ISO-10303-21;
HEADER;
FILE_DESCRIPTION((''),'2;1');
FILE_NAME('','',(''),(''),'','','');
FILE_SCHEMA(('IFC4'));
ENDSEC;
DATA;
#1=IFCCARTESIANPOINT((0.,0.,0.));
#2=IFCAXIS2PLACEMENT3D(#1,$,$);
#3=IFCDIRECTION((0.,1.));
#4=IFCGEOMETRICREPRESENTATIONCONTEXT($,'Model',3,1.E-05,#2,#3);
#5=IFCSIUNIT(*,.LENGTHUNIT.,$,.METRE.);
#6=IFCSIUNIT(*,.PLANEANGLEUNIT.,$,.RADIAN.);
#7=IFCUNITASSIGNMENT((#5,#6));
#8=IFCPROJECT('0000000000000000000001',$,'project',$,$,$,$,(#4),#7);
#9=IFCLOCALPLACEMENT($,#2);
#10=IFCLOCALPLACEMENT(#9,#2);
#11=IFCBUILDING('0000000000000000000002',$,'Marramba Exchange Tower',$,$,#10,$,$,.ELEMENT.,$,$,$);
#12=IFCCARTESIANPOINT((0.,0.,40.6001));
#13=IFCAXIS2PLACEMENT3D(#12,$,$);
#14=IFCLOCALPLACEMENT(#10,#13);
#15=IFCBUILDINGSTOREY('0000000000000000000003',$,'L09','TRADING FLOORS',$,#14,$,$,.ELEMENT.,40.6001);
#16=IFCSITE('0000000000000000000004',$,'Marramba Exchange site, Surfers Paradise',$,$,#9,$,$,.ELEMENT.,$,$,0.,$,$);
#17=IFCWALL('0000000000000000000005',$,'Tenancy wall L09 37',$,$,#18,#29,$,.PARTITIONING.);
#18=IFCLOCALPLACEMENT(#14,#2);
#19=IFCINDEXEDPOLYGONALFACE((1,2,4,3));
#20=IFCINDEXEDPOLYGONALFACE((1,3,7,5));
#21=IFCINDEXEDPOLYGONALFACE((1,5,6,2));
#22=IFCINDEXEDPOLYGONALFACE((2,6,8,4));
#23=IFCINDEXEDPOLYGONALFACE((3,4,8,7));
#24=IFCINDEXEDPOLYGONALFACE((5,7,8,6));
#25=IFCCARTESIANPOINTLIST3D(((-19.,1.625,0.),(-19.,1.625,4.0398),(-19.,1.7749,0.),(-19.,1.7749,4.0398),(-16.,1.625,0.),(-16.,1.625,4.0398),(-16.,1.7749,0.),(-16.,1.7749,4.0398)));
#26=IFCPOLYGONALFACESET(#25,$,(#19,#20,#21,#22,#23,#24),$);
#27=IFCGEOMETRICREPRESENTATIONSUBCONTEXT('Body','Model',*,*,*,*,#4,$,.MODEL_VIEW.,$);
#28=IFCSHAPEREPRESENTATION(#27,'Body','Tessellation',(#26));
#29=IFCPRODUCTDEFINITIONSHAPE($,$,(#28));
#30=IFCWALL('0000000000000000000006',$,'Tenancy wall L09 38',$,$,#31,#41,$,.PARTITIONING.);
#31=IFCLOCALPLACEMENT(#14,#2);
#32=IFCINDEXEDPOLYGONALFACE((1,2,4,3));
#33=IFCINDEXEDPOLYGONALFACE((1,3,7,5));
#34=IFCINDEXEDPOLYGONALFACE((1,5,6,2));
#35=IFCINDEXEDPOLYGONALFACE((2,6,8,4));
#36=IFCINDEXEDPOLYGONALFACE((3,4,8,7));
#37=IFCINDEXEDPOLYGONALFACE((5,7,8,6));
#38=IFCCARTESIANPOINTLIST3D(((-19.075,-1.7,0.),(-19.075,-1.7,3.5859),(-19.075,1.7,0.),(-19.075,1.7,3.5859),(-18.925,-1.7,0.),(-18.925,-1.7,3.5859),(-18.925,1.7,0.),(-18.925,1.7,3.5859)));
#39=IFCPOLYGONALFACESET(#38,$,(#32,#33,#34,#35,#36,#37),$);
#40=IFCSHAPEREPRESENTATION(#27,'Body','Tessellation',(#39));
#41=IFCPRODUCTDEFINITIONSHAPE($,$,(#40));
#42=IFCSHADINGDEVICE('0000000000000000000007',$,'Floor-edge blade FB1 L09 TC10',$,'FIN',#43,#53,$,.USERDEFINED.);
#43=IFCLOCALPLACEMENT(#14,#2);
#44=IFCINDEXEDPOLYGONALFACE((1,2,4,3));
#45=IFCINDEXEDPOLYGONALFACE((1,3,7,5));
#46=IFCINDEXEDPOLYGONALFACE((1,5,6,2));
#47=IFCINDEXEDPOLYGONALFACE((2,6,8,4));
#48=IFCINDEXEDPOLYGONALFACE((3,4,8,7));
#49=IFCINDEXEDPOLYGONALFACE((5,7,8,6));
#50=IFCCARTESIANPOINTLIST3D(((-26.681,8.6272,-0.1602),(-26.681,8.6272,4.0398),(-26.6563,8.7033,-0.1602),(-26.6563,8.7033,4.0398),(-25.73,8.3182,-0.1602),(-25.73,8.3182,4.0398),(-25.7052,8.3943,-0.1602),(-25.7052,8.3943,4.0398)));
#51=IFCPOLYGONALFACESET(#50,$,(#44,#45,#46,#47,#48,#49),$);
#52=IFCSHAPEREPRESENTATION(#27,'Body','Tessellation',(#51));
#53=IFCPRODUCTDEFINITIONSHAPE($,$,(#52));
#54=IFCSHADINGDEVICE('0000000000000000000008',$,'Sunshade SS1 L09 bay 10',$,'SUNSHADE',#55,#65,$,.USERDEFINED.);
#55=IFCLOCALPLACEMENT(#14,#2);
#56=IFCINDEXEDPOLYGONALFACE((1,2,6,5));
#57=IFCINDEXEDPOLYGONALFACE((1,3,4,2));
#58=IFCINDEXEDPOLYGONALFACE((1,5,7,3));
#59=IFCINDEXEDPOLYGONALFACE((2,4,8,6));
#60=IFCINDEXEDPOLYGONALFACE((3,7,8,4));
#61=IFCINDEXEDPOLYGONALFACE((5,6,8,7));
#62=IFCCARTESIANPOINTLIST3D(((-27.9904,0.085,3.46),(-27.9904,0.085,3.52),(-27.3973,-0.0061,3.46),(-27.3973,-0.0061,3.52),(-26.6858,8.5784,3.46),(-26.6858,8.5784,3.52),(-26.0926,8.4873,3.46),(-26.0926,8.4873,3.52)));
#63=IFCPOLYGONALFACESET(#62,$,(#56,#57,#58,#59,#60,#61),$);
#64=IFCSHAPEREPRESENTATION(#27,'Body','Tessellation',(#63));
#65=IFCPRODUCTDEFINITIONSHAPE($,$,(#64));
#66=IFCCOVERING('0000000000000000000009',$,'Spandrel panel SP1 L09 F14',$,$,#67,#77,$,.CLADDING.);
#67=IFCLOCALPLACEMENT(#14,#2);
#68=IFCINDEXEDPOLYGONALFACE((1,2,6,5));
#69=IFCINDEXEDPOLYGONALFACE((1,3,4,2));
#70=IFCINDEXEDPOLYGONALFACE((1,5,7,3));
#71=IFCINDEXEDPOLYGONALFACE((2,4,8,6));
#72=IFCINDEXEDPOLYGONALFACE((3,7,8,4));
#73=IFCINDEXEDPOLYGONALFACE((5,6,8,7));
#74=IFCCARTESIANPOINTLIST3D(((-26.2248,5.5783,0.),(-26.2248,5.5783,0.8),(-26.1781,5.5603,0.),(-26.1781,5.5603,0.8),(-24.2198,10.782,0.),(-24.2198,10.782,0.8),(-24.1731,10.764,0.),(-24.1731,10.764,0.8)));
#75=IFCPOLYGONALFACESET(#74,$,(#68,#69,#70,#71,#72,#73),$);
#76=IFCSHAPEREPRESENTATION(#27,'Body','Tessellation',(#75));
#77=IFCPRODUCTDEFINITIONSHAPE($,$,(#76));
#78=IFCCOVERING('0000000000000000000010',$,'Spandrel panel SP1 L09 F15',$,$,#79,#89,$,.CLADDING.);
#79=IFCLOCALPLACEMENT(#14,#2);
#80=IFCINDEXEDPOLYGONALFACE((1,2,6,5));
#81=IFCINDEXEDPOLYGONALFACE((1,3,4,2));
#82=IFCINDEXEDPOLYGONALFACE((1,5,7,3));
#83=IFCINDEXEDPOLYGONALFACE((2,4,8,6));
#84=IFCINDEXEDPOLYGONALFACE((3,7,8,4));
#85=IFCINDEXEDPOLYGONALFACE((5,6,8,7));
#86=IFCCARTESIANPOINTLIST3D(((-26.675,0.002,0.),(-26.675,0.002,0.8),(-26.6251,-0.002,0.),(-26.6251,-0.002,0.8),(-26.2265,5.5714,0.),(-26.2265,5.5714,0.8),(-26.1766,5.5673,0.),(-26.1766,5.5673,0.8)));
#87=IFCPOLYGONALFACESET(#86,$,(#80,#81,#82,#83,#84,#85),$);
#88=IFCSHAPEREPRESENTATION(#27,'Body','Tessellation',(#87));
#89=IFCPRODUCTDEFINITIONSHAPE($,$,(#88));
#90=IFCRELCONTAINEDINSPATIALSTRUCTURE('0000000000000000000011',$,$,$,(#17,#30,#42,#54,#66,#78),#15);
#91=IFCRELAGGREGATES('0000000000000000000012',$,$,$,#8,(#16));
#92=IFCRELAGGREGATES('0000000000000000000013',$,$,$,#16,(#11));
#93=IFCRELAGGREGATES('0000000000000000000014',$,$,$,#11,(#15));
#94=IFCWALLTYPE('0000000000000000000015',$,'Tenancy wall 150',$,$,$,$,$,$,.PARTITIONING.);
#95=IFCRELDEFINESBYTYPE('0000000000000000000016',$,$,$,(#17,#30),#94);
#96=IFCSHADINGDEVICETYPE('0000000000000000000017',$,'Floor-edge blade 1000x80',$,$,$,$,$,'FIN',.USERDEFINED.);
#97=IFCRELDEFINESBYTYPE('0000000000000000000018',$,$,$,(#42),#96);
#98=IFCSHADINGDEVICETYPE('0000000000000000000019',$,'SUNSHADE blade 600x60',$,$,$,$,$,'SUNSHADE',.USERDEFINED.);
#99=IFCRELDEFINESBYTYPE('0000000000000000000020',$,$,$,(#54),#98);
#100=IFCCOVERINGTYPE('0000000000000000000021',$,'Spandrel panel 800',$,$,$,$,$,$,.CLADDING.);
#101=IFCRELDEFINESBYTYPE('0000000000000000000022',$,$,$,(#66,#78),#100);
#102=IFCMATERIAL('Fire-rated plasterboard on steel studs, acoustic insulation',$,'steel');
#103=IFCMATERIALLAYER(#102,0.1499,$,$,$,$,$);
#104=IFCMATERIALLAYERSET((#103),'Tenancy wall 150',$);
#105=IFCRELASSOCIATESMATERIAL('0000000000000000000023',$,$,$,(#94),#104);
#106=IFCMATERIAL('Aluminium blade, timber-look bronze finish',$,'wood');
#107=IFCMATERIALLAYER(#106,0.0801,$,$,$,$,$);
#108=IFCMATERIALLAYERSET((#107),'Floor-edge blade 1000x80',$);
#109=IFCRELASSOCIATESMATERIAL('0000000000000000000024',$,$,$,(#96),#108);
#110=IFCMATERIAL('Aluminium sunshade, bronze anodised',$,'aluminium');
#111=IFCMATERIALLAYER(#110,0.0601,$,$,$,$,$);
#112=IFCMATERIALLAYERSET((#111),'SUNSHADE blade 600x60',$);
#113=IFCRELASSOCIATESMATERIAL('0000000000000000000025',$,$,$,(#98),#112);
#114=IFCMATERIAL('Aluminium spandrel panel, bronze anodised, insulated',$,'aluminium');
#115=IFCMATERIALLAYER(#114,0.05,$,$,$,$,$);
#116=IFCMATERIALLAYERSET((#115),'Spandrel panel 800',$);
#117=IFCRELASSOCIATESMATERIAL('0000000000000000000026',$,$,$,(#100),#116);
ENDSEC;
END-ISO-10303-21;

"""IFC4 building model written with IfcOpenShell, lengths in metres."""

from ifc_helpers import new_model, si_unit, direction, frame, frame_2d, origin, origin_2d, place, context, subcontext, project, spatial, rectangle, extrude, material, layer, layer_set, type_object, element, save


model = new_model("IFC4")

# Units and contexts
model_context = context("Model", 3, precision=1e-05, world=origin(), true_north=direction((0.0, 1.0)))
body_context = subcontext(model_context, "Body", "Model", "MODEL_VIEW")
ifc_project = project(units=[si_unit("LENGTHUNIT", "METRE"), si_unit("PLANEANGLEUNIT", "RADIAN")], contexts=[model_context])

# Site, building, storey
site_placement = place(None, origin())
site = spatial("IfcSite", under=ifc_project, at=site_placement, Name="Marramba Exchange site, Surfers Paradise", CompositionType="ELEMENT", RefElevation=0.0)
building_placement = place(site_placement, origin())
building = spatial("IfcBuilding", under=site, at=building_placement, Name="Marramba Exchange Tower", CompositionType="ELEMENT")
storey_placement = place(building_placement, frame((0.0, 0.0, 40.6001)))
storey = spatial("IfcBuildingStorey", under=building, at=storey_placement, Name="L09", Description="TRADING FLOORS", CompositionType="ELEMENT", Elevation=40.6001)

# Walls
ifc_material_1 = material(Name="Fire-rated plasterboard on steel studs, acoustic insulation", Category="steel")
ifc_layer_1 = layer(ifc_material_1, 0.1499)
ifc_layer_set_1 = layer_set([ifc_layer_1], Name="Tenancy wall 150")
wall_type_1 = type_object("IfcWallType", Name="Tenancy wall 150", PredefinedType="PARTITIONING", material=ifc_layer_set_1)
wall_1_placement = place(storey_placement, frame((-16.0, 1.7, 0.0), z_axis=(0.0, 0.0, 1.0), x_axis=(-1.0, 0.0, 0.0)))
element("IfcWall", 1, at=wall_1_placement, inside=storey, type_object=wall_type_1, Name="Tenancy wall L09 37", PredefinedType="PARTITIONING", context=body_context, shape_type="SweptSolid", body=[
    extrude(rectangle(XDim=3.0, YDim=0.1499, at=frame_2d((1.5, 0.0))), origin(), (0.0, 0.0, 1.0), 4.0398),
])
wall_2_placement = place(storey_placement, frame((-19.0, 1.7, 0.0), z_axis=(0.0, 0.0, 1.0), x_axis=(0.0, -1.0, 0.0)))
element("IfcWall", 2, at=wall_2_placement, inside=storey, type_object=wall_type_1, Name="Tenancy wall L09 38", PredefinedType="PARTITIONING", context=body_context, shape_type="SweptSolid", body=[
    extrude(rectangle(XDim=3.3999, YDim=0.1499, at=frame_2d((1.7, 0.0))), origin(), (0.0, 0.0, 1.0), 3.5859),
])

# Shading devices
ifc_material_2 = material(Name="Aluminium blade, timber-look bronze finish", Category="wood")
ifc_layer_2 = layer(ifc_material_2, 0.0801)
ifc_layer_set_2 = layer_set([ifc_layer_2], Name="Floor-edge blade 1000x80")
shading_device_type_1 = type_object("IfcShadingDeviceType", Name="Floor-edge blade 1000x80", ElementType="FIN", PredefinedType="USERDEFINED", material=ifc_layer_set_2)
shading_device_1_placement = place(storey_placement, frame((-26.1931, 8.5107, -0.1602), z_axis=(0.0, 0.0, 1.0), x_axis=(-0.951057, 0.309017, 0.0)))
element("IfcShadingDevice", 3, at=shading_device_1_placement, inside=storey, type_object=shading_device_type_1, Name="Floor-edge blade FB1 L09 TC10", ObjectType="FIN", PredefinedType="USERDEFINED", context=body_context, shape_type="SweptSolid", body=[
    extrude(rectangle(XDim=1.0, YDim=0.0801, at=origin_2d()), origin(), (0.0, 0.0, 1.0), 4.2),
])
ifc_material_3 = material(Name="Aluminium sunshade, bronze anodised", Category="aluminium")
ifc_layer_3 = layer(ifc_material_3, 0.0601)
ifc_layer_set_3 = layer_set([ifc_layer_3], Name="SUNSHADE blade 600x60")
shading_device_type_2 = type_object("IfcShadingDeviceType", Name="SUNSHADE blade 600x60", ElementType="SUNSHADE", PredefinedType="USERDEFINED", material=ifc_layer_set_3)
shading_device_2_placement = place(storey_placement, frame((-27.0415, 4.2861, 3.46), z_axis=(0.0, 0.0, 1.0), x_axis=(-0.151825, -0.988407, 0.0)))
element("IfcShadingDevice", 4, at=shading_device_2_placement, inside=storey, type_object=shading_device_type_2, Name="Sunshade SS1 L09 bay 10", ObjectType="SUNSHADE", PredefinedType="USERDEFINED", context=body_context, shape_type="SweptSolid", body=[
    extrude(rectangle(XDim=8.593, YDim=0.6001, at=origin_2d()), origin(), (0.0, 0.0, 1.0), 0.0601),
])

# Coverings
ifc_material_4 = material(Name="Aluminium spandrel panel, bronze anodised, insulated", Category="aluminium")
ifc_layer_4 = layer(ifc_material_4, 0.05)
ifc_layer_set_4 = layer_set([ifc_layer_4], Name="Spandrel panel 800")
covering_type = type_object("IfcCoveringType", Name="Spandrel panel 800", PredefinedType="CLADDING", material=ifc_layer_set_4)
covering_1_placement = place(storey_placement, frame((-25.199, 8.1711, 0.0), z_axis=(0.0, 0.0, 1.0), x_axis=(-0.359526, -0.933135, 0.0)))
element("IfcCovering", 5, at=covering_1_placement, inside=storey, type_object=covering_type, Name="Spandrel panel SP1 L09 F14", PredefinedType="CLADDING", context=body_context, shape_type="SweptSolid", body=[
    extrude(rectangle(XDim=5.5767, YDim=0.05, at=origin_2d()), origin(), (0.0, 0.0, 1.0), 0.8),
])
covering_2_placement = place(storey_placement, frame((-26.4258, 2.7847, 0.0), z_axis=(0.0, 0.0, 1.0), x_axis=(-0.080275, -0.996773, 0.0)))
element("IfcCovering", 6, at=covering_2_placement, inside=storey, type_object=covering_type, Name="Spandrel panel SP1 L09 F15", PredefinedType="CLADDING", context=body_context, shape_type="SweptSolid", body=[
    extrude(rectangle(XDim=5.5874, YDim=0.05, at=origin_2d()), origin(), (0.0, 0.0, 1.0), 0.8),
])

save(model, "model.ifc")
